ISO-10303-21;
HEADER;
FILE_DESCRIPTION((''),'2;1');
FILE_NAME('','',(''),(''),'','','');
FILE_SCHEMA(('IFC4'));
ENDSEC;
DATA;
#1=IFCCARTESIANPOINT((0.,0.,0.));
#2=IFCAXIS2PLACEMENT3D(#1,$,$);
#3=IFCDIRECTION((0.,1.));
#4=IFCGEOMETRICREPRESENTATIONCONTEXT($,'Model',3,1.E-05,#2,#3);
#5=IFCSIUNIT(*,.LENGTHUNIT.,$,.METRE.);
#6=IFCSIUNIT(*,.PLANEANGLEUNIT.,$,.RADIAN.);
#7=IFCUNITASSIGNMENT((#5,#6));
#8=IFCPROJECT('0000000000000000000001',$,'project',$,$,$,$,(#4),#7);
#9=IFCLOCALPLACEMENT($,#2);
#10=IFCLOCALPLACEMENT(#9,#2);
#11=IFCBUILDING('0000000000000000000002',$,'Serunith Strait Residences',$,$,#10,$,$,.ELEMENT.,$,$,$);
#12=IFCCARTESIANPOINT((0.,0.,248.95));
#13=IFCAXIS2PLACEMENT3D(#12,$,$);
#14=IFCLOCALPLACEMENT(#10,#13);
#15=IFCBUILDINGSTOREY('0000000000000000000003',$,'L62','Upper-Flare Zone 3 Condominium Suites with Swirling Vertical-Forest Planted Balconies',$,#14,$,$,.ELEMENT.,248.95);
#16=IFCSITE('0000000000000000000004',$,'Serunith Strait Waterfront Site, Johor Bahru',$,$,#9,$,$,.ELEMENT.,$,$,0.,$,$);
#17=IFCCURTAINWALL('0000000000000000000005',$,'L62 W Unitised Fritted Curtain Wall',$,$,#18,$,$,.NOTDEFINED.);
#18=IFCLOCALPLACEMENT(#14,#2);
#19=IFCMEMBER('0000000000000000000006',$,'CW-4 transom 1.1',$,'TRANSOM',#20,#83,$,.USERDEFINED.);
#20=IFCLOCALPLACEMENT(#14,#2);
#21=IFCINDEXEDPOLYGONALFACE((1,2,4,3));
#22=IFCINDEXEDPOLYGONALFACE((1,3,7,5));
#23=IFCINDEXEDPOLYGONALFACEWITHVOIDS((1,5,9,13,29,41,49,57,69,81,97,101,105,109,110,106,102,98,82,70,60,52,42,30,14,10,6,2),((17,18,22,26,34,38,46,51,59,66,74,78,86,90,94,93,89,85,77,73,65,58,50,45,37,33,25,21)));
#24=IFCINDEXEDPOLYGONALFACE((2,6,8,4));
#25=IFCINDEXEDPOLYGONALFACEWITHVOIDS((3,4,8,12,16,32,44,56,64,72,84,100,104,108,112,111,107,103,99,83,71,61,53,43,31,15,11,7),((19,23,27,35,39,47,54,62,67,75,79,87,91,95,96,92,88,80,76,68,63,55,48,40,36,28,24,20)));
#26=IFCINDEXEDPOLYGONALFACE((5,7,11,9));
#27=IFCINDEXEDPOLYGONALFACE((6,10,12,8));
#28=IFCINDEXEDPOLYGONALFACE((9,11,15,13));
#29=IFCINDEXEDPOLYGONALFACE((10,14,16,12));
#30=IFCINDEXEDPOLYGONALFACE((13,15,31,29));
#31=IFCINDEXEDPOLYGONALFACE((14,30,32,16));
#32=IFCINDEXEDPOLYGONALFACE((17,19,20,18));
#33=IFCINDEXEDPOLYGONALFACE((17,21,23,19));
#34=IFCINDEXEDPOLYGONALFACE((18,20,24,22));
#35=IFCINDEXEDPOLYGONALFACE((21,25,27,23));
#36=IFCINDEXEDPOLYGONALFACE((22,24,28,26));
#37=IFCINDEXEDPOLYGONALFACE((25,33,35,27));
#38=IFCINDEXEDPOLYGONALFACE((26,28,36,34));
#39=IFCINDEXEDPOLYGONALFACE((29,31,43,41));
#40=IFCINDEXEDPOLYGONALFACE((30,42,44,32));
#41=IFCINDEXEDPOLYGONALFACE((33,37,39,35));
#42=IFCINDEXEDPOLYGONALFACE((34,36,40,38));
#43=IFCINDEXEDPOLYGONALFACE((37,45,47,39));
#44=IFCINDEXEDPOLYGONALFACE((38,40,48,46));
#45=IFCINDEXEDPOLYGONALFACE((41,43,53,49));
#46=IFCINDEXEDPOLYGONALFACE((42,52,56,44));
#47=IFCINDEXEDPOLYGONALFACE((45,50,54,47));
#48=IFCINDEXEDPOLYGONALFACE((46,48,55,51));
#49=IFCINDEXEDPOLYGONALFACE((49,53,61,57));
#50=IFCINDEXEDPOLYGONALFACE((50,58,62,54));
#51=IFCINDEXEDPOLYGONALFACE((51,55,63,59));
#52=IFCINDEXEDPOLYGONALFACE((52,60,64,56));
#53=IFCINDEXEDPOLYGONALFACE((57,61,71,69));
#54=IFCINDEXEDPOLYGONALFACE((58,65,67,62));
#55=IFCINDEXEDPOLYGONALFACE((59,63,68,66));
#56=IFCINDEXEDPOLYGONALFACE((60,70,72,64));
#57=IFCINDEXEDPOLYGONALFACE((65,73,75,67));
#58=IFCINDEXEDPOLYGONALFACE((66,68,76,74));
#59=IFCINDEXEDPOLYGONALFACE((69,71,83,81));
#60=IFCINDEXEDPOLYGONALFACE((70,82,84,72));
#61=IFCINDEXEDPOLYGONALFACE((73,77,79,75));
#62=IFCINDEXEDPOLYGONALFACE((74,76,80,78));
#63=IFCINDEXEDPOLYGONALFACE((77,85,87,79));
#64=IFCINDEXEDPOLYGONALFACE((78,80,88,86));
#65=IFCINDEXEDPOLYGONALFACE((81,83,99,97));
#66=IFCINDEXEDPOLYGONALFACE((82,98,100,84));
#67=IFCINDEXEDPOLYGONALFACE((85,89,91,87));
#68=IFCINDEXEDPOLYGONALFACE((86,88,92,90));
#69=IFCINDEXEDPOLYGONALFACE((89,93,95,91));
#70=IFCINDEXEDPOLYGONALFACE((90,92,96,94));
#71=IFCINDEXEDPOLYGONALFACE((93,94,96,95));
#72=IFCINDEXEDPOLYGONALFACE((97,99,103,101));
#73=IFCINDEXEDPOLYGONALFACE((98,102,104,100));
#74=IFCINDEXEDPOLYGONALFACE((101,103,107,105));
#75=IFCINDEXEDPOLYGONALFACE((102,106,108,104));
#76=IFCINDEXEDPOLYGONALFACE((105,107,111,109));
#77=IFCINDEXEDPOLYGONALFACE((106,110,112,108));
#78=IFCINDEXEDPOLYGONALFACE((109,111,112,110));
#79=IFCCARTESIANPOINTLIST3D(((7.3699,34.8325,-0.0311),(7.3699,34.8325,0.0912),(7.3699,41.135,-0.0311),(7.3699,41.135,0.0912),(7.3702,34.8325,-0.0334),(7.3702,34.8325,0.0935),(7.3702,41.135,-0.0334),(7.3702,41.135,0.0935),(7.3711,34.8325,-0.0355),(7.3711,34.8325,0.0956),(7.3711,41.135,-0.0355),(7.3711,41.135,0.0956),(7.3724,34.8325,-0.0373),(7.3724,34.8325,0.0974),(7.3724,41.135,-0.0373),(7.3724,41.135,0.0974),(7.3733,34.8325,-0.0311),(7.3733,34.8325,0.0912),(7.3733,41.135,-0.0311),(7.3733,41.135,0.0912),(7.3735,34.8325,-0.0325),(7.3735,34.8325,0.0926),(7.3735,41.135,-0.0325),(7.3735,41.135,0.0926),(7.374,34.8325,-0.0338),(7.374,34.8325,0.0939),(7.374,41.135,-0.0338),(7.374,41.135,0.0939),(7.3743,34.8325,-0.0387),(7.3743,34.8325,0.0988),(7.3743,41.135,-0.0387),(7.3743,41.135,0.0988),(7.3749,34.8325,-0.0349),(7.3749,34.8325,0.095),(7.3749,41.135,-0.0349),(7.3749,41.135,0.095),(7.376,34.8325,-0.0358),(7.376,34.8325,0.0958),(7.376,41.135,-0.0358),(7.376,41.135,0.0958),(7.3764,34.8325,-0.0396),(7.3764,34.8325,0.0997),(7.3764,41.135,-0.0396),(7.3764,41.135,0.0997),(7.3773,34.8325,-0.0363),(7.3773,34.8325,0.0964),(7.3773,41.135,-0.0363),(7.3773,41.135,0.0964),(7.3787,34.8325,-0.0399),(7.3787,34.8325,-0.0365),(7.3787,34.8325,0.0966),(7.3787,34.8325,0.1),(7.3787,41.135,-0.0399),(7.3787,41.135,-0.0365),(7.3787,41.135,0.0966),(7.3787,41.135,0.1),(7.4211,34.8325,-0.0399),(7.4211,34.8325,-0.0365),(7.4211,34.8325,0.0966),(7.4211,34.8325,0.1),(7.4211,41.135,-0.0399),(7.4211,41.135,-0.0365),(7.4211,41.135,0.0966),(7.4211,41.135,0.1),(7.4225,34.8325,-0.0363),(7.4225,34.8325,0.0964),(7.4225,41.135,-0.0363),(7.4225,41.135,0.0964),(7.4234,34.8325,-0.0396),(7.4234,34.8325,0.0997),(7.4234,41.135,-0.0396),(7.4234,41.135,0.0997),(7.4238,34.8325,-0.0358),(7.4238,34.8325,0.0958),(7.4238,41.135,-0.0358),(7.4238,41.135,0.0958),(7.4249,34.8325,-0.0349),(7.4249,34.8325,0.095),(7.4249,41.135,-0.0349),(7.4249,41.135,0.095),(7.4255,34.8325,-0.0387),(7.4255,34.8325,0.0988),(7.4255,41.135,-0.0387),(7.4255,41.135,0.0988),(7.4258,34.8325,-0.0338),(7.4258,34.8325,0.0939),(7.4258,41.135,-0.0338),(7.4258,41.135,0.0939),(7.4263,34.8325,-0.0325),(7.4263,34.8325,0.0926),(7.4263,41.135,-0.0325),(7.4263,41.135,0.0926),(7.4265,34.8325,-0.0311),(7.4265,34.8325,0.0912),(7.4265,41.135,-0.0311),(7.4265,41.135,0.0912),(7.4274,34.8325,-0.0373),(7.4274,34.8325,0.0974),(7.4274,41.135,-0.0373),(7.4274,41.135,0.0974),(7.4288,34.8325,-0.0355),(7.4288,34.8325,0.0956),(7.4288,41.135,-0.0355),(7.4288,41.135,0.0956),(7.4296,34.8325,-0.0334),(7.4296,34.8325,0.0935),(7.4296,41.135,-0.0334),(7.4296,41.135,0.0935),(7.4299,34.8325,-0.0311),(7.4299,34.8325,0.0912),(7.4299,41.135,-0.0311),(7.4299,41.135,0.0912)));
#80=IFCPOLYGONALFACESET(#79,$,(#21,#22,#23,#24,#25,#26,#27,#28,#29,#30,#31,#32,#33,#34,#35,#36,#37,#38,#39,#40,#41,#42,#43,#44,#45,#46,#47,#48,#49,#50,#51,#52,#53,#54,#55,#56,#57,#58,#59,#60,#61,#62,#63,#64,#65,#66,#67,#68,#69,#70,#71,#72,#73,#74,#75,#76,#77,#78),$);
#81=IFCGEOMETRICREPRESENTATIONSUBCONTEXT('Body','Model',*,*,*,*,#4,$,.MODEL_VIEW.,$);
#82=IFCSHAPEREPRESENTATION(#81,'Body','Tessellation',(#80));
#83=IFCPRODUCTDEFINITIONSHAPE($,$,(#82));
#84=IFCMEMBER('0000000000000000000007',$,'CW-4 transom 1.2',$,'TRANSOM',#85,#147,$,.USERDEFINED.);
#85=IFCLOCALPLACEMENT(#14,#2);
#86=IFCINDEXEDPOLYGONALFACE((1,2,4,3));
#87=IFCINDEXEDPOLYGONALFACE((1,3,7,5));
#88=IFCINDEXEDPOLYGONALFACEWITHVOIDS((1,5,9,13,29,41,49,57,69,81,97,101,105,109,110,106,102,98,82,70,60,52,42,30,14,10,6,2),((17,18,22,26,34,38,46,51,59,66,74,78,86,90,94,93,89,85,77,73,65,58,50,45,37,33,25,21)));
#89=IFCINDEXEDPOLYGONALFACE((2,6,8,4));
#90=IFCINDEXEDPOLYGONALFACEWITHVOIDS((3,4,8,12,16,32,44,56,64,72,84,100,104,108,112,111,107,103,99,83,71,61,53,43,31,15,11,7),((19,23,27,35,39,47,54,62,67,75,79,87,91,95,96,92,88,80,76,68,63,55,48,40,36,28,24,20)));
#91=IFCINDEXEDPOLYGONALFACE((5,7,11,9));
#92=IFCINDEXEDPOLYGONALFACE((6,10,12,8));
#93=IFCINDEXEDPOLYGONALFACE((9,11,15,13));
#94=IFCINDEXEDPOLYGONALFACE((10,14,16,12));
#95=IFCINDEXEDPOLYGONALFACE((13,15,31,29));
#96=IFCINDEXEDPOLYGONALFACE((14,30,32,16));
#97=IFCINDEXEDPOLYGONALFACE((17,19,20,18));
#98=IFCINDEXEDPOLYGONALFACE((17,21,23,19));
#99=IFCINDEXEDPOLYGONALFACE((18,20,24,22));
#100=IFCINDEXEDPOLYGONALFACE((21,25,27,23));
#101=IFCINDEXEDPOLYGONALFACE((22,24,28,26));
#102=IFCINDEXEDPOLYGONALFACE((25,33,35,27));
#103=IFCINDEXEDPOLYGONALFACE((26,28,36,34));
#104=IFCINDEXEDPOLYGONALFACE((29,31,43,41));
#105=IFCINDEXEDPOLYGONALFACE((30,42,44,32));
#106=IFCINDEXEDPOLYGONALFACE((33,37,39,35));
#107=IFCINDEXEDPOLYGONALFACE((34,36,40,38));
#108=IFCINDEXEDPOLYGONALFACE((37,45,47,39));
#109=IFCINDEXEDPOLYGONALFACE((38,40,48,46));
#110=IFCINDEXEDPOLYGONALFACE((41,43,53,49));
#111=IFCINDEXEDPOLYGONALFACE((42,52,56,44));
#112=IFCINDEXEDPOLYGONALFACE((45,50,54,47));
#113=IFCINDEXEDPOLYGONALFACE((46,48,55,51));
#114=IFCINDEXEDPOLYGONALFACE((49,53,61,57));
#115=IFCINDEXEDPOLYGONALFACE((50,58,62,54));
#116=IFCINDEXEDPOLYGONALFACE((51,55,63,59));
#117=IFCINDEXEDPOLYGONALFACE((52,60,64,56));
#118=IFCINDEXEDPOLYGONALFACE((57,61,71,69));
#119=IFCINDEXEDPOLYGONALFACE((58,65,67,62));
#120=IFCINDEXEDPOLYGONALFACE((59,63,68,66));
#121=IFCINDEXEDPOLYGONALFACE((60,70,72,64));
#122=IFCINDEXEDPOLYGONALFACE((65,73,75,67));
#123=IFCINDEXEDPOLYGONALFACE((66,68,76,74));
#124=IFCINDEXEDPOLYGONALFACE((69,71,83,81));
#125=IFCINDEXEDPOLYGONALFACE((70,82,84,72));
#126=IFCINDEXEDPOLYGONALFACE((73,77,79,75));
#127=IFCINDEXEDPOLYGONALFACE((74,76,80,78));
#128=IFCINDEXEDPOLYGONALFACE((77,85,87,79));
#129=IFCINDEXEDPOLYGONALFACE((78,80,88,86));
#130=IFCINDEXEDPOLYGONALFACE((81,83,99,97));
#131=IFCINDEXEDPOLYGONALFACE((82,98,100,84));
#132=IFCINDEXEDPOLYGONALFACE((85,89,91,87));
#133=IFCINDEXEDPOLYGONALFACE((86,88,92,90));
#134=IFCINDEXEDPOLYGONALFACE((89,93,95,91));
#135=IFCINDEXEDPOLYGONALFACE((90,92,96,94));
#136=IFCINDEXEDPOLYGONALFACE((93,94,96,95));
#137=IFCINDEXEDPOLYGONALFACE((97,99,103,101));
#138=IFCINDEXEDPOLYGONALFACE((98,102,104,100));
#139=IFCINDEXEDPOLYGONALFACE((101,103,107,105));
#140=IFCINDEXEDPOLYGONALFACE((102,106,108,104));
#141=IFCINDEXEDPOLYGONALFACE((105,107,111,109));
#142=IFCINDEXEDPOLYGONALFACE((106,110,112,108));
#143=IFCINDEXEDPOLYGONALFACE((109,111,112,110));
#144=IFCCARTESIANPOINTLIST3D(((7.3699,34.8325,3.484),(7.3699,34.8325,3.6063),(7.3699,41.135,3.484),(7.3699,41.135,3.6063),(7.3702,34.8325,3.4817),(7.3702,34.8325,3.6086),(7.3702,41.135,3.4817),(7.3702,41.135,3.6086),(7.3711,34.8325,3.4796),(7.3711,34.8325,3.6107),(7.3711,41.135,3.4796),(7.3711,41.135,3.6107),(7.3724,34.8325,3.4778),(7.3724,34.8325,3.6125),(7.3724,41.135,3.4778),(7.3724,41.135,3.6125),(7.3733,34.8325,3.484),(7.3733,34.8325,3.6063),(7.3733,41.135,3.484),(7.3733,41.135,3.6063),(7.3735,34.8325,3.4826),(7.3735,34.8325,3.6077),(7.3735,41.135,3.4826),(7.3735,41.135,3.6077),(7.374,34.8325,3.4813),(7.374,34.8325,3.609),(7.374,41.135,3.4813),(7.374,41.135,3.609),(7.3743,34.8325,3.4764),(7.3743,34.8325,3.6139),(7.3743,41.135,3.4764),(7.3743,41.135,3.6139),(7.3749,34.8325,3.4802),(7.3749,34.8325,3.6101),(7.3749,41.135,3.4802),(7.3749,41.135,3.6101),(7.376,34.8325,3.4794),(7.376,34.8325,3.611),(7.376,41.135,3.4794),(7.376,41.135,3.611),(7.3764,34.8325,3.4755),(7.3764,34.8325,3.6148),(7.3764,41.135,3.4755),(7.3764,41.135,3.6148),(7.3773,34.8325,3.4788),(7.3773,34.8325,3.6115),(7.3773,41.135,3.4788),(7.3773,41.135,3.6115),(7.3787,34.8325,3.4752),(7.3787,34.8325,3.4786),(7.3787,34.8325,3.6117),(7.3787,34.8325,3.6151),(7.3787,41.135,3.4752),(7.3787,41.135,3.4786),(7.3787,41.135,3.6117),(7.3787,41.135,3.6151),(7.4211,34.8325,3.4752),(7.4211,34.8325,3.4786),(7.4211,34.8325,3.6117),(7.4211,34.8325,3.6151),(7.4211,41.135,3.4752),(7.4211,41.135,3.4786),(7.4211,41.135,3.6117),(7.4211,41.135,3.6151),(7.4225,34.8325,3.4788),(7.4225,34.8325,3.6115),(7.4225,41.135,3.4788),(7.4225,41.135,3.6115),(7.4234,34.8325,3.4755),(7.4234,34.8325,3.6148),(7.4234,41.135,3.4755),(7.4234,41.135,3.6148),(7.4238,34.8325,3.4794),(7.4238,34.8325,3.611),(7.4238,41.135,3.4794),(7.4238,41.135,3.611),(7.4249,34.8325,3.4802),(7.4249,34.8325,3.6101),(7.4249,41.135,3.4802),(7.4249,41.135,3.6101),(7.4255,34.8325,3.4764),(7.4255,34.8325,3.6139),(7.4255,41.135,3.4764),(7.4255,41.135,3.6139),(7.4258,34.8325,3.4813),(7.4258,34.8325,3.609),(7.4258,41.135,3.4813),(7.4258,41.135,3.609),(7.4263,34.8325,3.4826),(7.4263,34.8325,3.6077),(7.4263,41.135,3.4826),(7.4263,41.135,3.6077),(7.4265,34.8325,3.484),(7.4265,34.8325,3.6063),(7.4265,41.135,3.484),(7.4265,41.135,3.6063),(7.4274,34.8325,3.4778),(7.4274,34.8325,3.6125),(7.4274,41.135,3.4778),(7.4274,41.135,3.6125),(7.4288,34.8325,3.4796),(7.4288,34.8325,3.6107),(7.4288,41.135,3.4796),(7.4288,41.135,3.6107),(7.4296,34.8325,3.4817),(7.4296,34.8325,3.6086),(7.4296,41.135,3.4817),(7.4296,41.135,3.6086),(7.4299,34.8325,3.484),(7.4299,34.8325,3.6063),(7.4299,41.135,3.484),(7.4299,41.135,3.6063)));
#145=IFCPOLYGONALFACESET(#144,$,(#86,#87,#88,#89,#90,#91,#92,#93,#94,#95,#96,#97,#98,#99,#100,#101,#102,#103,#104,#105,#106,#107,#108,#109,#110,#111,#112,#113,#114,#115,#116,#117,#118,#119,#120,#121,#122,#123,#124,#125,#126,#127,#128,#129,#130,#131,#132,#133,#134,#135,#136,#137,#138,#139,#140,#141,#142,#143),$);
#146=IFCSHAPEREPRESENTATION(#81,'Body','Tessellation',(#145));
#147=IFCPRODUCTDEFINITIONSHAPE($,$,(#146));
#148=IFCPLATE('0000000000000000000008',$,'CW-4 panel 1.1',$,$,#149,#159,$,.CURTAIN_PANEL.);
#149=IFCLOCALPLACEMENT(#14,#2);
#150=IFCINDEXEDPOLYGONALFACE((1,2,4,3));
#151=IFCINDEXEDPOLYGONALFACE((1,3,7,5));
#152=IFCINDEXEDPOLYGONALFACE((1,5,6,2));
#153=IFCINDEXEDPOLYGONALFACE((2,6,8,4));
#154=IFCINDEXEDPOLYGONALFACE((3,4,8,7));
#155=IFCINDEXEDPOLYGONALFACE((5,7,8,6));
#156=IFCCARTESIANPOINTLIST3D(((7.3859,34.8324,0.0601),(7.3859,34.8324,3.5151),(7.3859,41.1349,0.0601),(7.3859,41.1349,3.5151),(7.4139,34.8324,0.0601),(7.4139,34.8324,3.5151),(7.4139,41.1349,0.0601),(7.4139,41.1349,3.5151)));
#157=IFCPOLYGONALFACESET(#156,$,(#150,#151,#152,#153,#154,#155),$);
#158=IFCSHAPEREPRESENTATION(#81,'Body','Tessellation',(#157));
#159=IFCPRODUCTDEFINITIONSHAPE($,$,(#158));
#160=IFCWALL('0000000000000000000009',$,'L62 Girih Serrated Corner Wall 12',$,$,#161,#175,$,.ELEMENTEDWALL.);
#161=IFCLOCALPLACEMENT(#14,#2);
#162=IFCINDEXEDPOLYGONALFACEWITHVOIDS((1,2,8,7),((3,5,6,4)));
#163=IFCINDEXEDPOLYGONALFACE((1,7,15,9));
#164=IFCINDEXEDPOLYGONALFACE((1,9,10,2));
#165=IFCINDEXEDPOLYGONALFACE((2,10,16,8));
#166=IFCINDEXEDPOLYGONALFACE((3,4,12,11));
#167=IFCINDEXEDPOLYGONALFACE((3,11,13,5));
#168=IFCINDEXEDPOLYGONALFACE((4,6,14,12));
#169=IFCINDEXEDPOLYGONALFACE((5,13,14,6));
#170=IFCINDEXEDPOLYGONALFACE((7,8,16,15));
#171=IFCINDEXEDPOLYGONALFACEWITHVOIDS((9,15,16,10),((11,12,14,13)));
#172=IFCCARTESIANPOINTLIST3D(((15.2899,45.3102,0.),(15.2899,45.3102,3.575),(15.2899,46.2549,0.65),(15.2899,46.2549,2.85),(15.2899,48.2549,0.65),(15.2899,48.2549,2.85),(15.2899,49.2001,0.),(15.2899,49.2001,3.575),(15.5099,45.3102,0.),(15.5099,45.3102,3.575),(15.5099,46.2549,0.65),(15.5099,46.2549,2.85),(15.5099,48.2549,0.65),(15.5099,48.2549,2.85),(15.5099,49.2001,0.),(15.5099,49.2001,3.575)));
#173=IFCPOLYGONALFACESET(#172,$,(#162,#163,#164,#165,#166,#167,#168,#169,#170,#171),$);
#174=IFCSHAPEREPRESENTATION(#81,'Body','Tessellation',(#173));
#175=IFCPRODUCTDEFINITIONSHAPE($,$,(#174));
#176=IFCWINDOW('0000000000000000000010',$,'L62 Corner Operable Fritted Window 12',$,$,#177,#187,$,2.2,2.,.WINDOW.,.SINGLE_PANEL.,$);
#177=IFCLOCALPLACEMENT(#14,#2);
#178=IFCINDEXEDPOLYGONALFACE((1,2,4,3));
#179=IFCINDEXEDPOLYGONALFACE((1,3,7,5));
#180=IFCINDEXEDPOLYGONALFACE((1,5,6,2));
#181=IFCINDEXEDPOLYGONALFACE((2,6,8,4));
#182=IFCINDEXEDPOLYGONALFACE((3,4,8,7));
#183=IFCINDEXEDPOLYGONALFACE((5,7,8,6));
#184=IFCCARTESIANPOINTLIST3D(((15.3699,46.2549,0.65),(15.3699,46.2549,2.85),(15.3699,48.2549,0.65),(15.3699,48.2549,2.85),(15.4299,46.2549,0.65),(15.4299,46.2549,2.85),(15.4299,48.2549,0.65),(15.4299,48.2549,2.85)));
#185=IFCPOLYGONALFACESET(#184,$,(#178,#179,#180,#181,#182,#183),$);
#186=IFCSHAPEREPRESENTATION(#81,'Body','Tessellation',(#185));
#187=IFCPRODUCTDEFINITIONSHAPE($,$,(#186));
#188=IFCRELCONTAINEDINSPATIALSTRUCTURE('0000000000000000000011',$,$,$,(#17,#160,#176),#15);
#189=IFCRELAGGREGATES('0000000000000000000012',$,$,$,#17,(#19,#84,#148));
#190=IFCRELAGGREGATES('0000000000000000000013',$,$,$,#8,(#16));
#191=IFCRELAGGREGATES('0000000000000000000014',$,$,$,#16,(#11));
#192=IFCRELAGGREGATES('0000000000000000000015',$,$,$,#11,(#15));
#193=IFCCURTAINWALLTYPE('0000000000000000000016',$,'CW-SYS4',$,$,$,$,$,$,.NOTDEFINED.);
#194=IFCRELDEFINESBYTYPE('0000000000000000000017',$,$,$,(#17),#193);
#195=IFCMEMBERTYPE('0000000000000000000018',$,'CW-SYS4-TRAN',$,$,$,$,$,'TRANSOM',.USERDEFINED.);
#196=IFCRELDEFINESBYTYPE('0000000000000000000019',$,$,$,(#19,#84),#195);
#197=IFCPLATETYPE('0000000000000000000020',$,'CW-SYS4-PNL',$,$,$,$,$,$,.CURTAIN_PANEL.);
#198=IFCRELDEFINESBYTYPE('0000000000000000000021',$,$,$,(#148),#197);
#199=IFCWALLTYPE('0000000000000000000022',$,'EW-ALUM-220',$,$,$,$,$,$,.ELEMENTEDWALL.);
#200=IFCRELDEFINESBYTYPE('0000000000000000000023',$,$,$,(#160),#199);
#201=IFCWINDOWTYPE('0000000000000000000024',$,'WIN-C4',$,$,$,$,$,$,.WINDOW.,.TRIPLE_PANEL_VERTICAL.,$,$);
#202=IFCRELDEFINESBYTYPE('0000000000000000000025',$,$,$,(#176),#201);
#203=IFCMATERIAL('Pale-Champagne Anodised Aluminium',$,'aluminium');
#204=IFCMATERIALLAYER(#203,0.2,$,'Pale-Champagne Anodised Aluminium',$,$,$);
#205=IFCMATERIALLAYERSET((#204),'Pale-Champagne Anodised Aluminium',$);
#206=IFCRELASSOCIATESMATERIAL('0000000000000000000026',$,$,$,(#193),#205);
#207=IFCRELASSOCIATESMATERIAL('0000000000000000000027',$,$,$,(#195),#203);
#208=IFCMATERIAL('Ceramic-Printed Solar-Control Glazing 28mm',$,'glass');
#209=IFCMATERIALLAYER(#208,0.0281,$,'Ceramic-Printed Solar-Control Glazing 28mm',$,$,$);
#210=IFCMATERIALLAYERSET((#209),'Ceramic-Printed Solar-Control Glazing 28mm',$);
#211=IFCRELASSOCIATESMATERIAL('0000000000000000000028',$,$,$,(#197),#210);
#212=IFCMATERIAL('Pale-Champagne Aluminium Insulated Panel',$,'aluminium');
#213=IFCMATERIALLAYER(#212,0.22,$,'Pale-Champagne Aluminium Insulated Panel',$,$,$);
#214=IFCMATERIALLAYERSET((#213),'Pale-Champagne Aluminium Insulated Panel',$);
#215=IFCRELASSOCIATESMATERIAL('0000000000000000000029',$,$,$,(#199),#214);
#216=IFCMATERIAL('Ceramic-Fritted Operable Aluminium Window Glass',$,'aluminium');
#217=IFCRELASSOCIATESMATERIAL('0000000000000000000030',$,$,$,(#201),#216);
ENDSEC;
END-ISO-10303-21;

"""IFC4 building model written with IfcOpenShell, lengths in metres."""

from ifc_helpers import new_model, si_unit, direction, frame, frame_2d, origin, origin_2d, place, context, subcontext, project, spatial, rectangle, hollow_rectangle, extrude, source, transform, mapped, material, layer, layer_set, material_profile, profile_set, type_object, element, fill, aggregate, save


model = new_model("IFC4")

# Units and contexts
model_context = context("Model", 3, precision=1e-05, world=origin(), true_north=direction((0.0, 1.0)))
body_context = subcontext(model_context, "Body", "Model", "MODEL_VIEW")
ifc_project = project(units=[si_unit("LENGTHUNIT", "METRE"), si_unit("PLANEANGLEUNIT", "RADIAN")], contexts=[model_context])

# Site, building, storey
site_placement = place(None, origin())
site = spatial("IfcSite", under=ifc_project, at=site_placement, Name="Serunith Strait Waterfront Site, Johor Bahru", CompositionType="ELEMENT", RefElevation=0.0)
building_placement = place(site_placement, origin())
building = spatial("IfcBuilding", under=site, at=building_placement, Name="Serunith Strait Residences", CompositionType="ELEMENT")
storey_placement = place(building_placement, frame((0.0, 0.0, 248.95)))
storey = spatial("IfcBuildingStorey", under=building, at=storey_placement, Name="L62", Description="Upper-Flare Zone 3 Condominium Suites with Swirling Vertical-Forest Planted Balconies", CompositionType="ELEMENT", Elevation=248.95)

# Shared definitions
ifc_material_1 = material(Name="Pale-Champagne Anodised Aluminium", Category="aluminium")
ifc_layer_1 = layer(ifc_material_1, 0.2, Name="Pale-Champagne Anodised Aluminium")
ifc_layer_set_1 = layer_set([ifc_layer_1], Name="Pale-Champagne Anodised Aluminium")
curtain_wall_type = type_object("IfcCurtainWallType", Name="CW-SYS4", PredefinedType="NOTDEFINED", material=ifc_layer_set_1)

# Curtain wall, members, plate
curtain_wall_1_placement = place(storey_placement, origin())
curtain_wall_1 = element("IfcCurtainWall", 1, at=curtain_wall_1_placement, inside=storey, type_object=curtain_wall_type, Name="L62 W Unitised Fritted Curtain Wall", PredefinedType="NOTDEFINED")
ifc_material_profile_1 = material_profile(ifc_material_1, hollow_rectangle(XDim=0.0601, YDim=0.1399, WallThickness=0.0034, InnerFilletRadius=0.0054, OuterFilletRadius=0.0088, at=origin_2d()), Name="ALU 140x60x3.5")
ifc_profile_set_1 = profile_set([ifc_material_profile_1], Name="Pale-Champagne Anodised Aluminium")
member_type_1 = type_object("IfcMemberType", Name="CW-SYS4-TRAN", ElementType="TRANSOM", PredefinedType="USERDEFINED", material=ifc_profile_set_1)
shared_shape_1 = source(origin(), body_context, "Body", "SweptSolid", [
    extrude(hollow_rectangle(XDim=0.0601, YDim=0.1399, WallThickness=0.0034, InnerFilletRadius=0.0054, OuterFilletRadius=0.0088, at=origin_2d()), origin(), (0.0, 0.0, 1.0), 6.3025),
])
member_1_placement = place(storey_placement, frame((7.3999, 41.135, 0.03), z_axis=(0.0, -1.0, 0.0), x_axis=(1.0, 0.0, 0.0)))
member_1 = element("IfcMember", 2, at=member_1_placement, type_object=member_type_1, Name="CW-4 transom 1.1", ObjectType="TRANSOM", PredefinedType="USERDEFINED", context=body_context, shape_type="MappedRepresentation", body=[
    mapped(shared_shape_1, transform((0.0, 0.0, 0.0), scale=1.0)),
])
member_2_placement = place(storey_placement, frame((7.3999, 41.135, 3.5452), z_axis=(0.0, -1.0, 0.0), x_axis=(1.0, 0.0, 0.0)))
member_2 = element("IfcMember", 3, at=member_2_placement, type_object=member_type_1, Name="CW-4 transom 1.2", ObjectType="TRANSOM", PredefinedType="USERDEFINED", context=body_context, shape_type="MappedRepresentation", body=[
    mapped(shared_shape_1, transform((0.0, 0.0, 0.0), scale=1.0)),
])
ifc_material_2 = material(Name="Ceramic-Printed Solar-Control Glazing 28mm", Category="glass")
ifc_layer_2 = layer(ifc_material_2, 0.0281, Name="Ceramic-Printed Solar-Control Glazing 28mm")
ifc_layer_set_2 = layer_set([ifc_layer_2], Name="Ceramic-Printed Solar-Control Glazing 28mm")
plate_type = type_object("IfcPlateType", Name="CW-SYS4-PNL", PredefinedType="CURTAIN_PANEL", material=ifc_layer_set_2)
shared_shape_2 = source(origin(), body_context, "Body", "SweptSolid", [
    extrude(rectangle(XDim=6.3025, YDim=0.0281, at=origin_2d()), origin(), (0.0, 0.0, 1.0), 3.4551),
])
plate_placement = place(storey_placement, frame((7.3999, 37.9836, 0.0601), z_axis=(0.0, 0.0, 1.0), x_axis=(0.0, -1.0, 0.0)))
plate = element("IfcPlate", 4, at=plate_placement, type_object=plate_type, Name="CW-4 panel 1.1", PredefinedType="CURTAIN_PANEL", context=body_context, shape_type="MappedRepresentation", body=[
    mapped(shared_shape_2, transform((0.0, 0.0, 0.0), scale=1.0)),
])
aggregate(curtain_wall_1, [member_1, member_2, plate])

# Wall, opening, window
ifc_material_3 = material(Name="Pale-Champagne Aluminium Insulated Panel", Category="aluminium")
ifc_layer_3 = layer(ifc_material_3, 0.22, Name="Pale-Champagne Aluminium Insulated Panel")
ifc_layer_set_3 = layer_set([ifc_layer_3], Name="Pale-Champagne Aluminium Insulated Panel")
wall_type_1 = type_object("IfcWallType", Name="EW-ALUM-220", PredefinedType="ELEMENTEDWALL", material=ifc_layer_set_3)
wall_1_placement = place(storey_placement, frame((15.3999, 49.2, 0.0), z_axis=(0.0, 0.0, 1.0), x_axis=(0.0, -1.0, 0.0)))
wall_1 = element("IfcWall", 5, at=wall_1_placement, inside=storey, type_object=wall_type_1, Name="L62 Girih Serrated Corner Wall 12", PredefinedType="ELEMENTEDWALL", context=body_context, shape_type="SweptSolid", body=[
    extrude(rectangle(XDim=3.8899, YDim=0.22, at=frame_2d((1.9448, 0.0))), origin(), (0.0, 0.0, 1.0), 3.575),
])
opening_1_placement = place(wall_1_placement, frame((0.9451, 0.0, 0.6499)))
opening_1 = element("IfcOpeningElement", 6, at=opening_1_placement, cuts=wall_1, PredefinedType="OPENING", context=body_context, shape_type="SweptSolid", body=[
    extrude(rectangle(XDim=2.0, YDim=2.2, at=frame_2d((1.0, 1.1001))), frame((0.0, 0.1201, 0.0), z_axis=(0.0, -1.0, 0.0), x_axis=(1.0, 0.0, 0.0)), (0.0, 0.0, 1.0), 0.24),
])
ifc_material_4 = material(Name="Ceramic-Fritted Operable Aluminium Window Glass", Category="aluminium")
window_type = type_object("IfcWindowType", Name="WIN-C4", PartitioningType="TRIPLE_PANEL_VERTICAL", PredefinedType="WINDOW", material=ifc_material_4)
shared_shape_3 = source(origin(), body_context, "Body", "SweptSolid", [
    extrude(rectangle(XDim=2.0, YDim=2.2, at=frame_2d((1.0, 1.1001))), frame((0.0, 0.03, 0.0), z_axis=(0.0, -1.0, 0.0), x_axis=(1.0, 0.0, 0.0)), (0.0, 0.0, 1.0), 0.0601),
])
window_1_placement = place(opening_1_placement, origin())
window_1 = element("IfcWindow", 7, at=window_1_placement, inside=storey, type_object=window_type, Name="L62 Corner Operable Fritted Window 12", OverallHeight=2.2, OverallWidth=2.0, PartitioningType="SINGLE_PANEL", PredefinedType="WINDOW", context=body_context, shape_type="MappedRepresentation", body=[
    mapped(shared_shape_3, transform((0.0, 0.0, 0.0), scale=1.0)),
])
fill(opening_1, window_1)

save(model, "model.ifc")
